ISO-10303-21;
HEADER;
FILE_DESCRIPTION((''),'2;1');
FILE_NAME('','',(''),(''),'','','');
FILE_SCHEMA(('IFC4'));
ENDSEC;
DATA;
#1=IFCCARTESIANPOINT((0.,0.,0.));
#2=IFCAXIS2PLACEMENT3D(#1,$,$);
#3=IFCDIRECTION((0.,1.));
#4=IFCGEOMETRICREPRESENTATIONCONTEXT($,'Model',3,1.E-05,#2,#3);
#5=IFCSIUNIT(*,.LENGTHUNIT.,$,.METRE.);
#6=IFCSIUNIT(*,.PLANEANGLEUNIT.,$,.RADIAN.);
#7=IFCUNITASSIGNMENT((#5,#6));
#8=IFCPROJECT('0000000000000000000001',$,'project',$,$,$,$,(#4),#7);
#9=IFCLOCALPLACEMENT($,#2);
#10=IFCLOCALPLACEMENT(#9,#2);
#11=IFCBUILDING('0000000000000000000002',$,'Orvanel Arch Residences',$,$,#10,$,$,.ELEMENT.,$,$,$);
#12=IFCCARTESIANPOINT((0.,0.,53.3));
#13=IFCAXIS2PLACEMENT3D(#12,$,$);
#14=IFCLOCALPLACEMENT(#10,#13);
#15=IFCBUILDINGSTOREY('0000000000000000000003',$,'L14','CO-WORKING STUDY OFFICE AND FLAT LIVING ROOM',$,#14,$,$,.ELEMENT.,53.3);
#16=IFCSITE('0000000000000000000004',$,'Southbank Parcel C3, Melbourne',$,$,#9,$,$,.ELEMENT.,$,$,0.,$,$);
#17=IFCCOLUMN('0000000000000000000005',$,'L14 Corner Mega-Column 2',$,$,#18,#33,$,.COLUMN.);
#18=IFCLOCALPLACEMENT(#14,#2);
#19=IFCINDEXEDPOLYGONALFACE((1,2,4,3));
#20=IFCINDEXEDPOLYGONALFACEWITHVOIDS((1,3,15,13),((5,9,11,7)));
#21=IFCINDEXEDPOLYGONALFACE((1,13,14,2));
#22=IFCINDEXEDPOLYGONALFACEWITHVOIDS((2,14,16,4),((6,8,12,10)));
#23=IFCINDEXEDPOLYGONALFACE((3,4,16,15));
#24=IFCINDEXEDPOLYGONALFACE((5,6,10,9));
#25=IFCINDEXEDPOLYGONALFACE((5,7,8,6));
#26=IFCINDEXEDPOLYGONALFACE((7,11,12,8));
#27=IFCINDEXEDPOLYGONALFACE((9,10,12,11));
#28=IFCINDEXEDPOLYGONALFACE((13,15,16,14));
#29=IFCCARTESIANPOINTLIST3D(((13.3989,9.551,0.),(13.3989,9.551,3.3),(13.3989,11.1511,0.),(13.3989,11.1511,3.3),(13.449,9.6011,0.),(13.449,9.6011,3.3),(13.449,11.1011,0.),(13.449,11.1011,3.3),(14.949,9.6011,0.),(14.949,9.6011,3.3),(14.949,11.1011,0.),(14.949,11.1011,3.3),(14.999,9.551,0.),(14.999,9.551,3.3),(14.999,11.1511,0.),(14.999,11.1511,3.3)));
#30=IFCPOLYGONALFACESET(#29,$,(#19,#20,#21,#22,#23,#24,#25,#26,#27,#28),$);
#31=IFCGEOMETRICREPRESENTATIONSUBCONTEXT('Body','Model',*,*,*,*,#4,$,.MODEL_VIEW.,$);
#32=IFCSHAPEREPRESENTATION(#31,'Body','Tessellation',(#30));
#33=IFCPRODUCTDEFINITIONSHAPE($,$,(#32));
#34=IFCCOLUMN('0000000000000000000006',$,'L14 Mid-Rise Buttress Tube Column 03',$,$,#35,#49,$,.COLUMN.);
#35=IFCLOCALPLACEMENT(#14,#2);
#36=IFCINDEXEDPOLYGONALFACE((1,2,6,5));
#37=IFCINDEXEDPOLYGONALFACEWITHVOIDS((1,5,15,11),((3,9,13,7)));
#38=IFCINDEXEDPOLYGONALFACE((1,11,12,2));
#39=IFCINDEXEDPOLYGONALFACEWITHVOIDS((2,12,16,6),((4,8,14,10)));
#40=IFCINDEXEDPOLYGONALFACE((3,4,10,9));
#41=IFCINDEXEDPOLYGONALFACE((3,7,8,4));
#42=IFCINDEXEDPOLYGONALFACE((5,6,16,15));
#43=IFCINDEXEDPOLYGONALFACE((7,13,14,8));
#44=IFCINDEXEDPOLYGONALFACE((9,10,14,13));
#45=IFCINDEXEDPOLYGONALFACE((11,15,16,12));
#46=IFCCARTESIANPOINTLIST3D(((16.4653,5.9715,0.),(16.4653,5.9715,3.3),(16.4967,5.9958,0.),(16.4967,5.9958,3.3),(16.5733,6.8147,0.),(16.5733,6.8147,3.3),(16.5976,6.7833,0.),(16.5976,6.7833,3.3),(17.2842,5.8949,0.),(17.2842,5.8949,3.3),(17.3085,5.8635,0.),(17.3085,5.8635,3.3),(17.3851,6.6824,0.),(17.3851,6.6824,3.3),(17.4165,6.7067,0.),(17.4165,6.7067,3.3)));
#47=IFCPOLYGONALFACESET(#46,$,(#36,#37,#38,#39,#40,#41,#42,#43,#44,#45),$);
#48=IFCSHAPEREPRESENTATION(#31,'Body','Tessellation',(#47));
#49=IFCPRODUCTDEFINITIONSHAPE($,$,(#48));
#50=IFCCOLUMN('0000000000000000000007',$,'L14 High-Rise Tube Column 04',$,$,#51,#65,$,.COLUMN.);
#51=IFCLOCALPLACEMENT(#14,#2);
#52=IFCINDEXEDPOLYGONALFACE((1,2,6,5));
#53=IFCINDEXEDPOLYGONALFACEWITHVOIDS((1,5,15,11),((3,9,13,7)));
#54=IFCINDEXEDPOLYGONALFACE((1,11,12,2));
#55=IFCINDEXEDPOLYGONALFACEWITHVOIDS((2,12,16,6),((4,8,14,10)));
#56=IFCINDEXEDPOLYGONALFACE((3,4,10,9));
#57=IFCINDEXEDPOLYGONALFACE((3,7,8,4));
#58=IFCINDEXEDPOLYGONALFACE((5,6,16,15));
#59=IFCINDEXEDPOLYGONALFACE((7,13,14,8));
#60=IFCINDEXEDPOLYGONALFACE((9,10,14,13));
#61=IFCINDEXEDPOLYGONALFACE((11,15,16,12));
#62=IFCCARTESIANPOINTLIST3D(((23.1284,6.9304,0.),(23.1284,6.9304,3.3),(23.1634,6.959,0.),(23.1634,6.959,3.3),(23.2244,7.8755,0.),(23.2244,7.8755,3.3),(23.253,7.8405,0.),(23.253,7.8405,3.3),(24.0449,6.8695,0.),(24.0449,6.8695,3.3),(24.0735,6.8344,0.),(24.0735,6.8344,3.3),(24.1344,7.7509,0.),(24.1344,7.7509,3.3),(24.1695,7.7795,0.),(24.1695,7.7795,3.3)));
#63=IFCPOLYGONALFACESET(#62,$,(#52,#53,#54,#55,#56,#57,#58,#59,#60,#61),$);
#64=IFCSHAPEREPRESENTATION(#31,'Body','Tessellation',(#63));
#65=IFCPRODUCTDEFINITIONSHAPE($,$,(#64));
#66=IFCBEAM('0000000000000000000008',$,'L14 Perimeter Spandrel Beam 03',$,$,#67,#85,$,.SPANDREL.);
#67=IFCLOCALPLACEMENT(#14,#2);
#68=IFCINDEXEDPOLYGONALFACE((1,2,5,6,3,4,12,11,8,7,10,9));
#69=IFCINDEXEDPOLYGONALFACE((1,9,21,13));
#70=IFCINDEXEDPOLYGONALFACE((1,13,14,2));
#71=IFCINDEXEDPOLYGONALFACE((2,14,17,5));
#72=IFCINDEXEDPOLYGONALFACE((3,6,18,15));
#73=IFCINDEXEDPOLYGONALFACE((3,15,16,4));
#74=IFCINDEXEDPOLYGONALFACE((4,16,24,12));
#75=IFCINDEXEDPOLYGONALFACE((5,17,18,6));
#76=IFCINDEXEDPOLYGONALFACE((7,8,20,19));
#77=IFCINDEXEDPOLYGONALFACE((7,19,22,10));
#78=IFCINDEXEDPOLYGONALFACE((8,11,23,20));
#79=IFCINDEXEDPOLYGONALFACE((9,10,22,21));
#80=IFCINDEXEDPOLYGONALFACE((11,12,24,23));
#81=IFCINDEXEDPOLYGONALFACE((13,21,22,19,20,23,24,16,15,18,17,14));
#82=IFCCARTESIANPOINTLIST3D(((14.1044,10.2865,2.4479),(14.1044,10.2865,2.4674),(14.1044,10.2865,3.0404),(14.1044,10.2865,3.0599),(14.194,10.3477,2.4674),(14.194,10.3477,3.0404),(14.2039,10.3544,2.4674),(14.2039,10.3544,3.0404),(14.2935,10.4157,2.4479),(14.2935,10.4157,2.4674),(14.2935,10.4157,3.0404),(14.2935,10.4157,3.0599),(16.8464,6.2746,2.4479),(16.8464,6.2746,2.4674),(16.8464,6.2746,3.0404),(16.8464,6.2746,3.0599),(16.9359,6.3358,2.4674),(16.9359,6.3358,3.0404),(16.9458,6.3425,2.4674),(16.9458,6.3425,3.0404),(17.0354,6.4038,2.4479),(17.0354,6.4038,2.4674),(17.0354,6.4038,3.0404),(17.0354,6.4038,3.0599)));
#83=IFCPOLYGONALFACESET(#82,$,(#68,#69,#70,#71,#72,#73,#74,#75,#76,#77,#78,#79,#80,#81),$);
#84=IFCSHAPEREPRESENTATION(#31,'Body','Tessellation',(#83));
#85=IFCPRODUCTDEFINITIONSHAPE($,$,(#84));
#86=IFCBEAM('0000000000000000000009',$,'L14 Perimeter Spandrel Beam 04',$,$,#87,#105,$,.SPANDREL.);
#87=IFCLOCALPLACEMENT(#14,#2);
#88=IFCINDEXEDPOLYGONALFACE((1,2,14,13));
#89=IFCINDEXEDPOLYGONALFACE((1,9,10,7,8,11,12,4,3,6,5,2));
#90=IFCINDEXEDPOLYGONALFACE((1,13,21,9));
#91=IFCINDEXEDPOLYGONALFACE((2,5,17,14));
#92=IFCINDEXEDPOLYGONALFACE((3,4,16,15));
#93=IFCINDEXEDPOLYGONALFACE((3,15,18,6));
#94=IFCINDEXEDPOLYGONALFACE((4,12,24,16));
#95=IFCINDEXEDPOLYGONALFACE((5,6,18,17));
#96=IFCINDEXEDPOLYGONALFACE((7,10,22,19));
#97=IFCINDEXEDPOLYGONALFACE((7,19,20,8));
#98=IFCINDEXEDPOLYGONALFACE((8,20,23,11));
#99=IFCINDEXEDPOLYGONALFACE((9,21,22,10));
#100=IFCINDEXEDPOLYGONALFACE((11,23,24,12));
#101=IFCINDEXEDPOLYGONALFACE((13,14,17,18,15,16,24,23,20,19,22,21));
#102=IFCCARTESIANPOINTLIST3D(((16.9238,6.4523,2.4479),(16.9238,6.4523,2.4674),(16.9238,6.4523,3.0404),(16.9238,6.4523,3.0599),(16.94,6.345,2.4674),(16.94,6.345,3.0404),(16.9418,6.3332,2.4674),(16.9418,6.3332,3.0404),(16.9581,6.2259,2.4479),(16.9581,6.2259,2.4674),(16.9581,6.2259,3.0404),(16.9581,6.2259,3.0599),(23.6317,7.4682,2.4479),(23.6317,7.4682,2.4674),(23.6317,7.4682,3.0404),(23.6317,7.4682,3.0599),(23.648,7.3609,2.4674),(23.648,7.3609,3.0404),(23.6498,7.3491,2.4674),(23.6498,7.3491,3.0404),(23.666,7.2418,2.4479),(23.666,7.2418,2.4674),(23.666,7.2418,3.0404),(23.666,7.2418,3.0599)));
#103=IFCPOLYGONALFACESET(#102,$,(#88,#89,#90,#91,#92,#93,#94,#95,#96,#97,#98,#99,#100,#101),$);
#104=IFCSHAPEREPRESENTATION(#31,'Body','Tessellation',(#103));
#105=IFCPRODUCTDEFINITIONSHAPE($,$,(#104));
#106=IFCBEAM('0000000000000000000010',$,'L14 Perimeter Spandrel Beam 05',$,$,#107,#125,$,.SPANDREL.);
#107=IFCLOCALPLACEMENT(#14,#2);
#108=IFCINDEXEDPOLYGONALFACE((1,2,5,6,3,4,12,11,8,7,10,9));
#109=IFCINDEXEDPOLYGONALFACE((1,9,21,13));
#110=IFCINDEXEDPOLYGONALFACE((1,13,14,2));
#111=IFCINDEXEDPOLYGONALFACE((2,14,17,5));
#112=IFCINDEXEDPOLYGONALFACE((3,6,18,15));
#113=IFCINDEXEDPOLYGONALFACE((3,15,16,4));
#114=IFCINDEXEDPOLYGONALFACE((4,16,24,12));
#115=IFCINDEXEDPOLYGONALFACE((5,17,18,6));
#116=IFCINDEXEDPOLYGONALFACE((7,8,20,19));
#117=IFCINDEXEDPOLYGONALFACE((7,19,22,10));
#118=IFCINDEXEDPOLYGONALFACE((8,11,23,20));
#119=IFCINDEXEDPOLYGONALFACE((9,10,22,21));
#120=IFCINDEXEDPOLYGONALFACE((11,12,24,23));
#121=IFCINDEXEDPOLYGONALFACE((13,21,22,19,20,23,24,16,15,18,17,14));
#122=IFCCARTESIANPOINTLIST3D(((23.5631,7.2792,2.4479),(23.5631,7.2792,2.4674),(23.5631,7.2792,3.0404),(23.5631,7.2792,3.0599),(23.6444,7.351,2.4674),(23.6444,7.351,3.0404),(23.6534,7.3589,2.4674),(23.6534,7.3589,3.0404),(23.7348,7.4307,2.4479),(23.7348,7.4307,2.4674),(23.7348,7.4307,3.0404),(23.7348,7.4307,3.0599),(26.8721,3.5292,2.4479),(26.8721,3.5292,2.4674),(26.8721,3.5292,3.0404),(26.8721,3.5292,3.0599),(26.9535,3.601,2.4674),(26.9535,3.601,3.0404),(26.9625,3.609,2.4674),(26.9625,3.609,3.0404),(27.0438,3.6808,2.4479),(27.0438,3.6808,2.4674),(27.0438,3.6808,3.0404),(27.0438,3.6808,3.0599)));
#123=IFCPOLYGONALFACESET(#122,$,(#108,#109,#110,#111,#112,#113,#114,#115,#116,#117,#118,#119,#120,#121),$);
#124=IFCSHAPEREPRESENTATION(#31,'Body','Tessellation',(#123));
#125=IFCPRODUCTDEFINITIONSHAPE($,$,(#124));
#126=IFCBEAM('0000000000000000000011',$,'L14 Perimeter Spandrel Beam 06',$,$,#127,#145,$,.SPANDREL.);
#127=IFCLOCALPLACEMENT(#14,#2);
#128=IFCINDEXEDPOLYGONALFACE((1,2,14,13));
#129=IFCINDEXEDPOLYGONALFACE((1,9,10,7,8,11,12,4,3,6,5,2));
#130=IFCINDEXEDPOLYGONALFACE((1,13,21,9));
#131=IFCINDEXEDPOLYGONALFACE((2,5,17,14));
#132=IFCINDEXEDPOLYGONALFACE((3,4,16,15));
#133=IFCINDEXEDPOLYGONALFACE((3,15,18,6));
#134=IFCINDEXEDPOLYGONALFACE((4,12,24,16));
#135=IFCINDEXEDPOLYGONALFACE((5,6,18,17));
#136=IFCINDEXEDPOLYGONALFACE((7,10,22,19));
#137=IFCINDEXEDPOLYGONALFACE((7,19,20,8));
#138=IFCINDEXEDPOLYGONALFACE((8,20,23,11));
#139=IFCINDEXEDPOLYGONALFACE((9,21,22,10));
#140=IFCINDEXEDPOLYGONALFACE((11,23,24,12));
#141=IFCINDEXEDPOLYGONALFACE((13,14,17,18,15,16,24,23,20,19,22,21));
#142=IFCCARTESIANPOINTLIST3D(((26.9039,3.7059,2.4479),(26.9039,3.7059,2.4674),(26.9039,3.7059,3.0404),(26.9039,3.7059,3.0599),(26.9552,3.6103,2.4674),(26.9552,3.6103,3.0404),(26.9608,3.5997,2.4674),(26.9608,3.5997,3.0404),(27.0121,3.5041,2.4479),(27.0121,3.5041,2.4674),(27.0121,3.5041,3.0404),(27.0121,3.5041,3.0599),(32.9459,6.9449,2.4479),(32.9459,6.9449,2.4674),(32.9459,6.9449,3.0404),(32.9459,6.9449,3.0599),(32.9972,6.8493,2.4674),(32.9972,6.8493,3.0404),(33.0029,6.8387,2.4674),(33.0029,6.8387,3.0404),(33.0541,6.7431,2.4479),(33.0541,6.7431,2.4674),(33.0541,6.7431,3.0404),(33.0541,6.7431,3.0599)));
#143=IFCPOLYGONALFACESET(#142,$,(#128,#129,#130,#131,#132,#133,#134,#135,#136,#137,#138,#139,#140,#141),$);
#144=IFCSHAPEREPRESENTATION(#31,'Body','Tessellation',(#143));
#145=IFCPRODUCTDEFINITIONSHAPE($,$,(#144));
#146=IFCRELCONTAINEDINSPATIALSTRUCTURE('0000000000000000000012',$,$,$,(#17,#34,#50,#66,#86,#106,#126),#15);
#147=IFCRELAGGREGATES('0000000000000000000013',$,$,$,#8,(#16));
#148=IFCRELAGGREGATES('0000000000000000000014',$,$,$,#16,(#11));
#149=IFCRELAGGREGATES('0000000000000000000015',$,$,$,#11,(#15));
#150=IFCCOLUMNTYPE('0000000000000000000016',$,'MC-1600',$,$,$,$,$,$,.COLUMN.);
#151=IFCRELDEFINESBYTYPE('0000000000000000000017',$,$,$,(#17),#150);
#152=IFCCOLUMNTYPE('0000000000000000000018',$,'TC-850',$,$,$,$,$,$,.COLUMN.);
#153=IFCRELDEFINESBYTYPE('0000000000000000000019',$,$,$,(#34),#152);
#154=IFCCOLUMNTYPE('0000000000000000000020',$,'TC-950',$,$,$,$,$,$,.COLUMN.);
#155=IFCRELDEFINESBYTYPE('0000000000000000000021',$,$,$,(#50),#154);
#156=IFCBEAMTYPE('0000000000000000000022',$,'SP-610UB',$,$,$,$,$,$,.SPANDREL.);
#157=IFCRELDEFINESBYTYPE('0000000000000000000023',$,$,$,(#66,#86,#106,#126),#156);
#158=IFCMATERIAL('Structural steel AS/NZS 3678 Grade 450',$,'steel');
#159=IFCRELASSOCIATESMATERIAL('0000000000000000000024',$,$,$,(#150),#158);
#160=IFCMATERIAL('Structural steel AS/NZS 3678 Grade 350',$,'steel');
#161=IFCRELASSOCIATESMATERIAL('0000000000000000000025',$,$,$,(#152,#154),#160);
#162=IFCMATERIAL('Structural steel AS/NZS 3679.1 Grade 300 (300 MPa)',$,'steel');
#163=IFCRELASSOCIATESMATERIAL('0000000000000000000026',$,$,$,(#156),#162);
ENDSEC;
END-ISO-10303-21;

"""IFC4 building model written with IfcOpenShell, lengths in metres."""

from ifc_helpers import new_model, si_unit, direction, frame, origin, origin_2d, place, context, subcontext, project, spatial, hollow_rectangle, i_section, extrude, material, material_profile, profile_set, type_object, element, save


model = new_model("IFC4")

# Units and contexts
model_context = context("Model", 3, precision=1e-05, world=origin(), true_north=direction((0.0, 1.0)))
body_context = subcontext(model_context, "Body", "Model", "MODEL_VIEW")
ifc_project = project(units=[si_unit("LENGTHUNIT", "METRE"), si_unit("PLANEANGLEUNIT", "RADIAN")], contexts=[model_context])

# Site, building, storey
site_placement = place(None, origin())
site = spatial("IfcSite", under=ifc_project, at=site_placement, Name="Southbank Parcel C3, Melbourne", CompositionType="ELEMENT", RefElevation=0.0)
building_placement = place(site_placement, origin())
building = spatial("IfcBuilding", under=site, at=building_placement, Name="Orvanel Arch Residences", CompositionType="ELEMENT")
storey_placement = place(building_placement, frame((0.0, 0.0, 53.3)))
storey = spatial("IfcBuildingStorey", under=building, at=storey_placement, Name="L14", Description="CO-WORKING STUDY OFFICE AND FLAT LIVING ROOM", CompositionType="ELEMENT", Elevation=53.3)

# Columns
ifc_material_1 = material(Name="Structural steel AS/NZS 3678 Grade 450", Category="steel")
ifc_material_profile_1 = material_profile(ifc_material_1, hollow_rectangle(XDim=1.6001, YDim=1.6001, WallThickness=0.05, at=origin_2d()), Name="BOX1600x1600x50")
ifc_profile_set_1 = profile_set([ifc_material_profile_1], Name="Structural steel AS/NZS 3678 Grade 450")
column_type_1 = type_object("IfcColumnType", Name="MC-1600", PredefinedType="COLUMN", material=ifc_profile_set_1)
column_1_placement = place(storey_placement, frame((14.199, 10.3511, 0.0), z_axis=(0.0, 0.0, 1.0), x_axis=(1.0, 0.0, 0.0)))
element("IfcColumn", 1, at=column_1_placement, inside=storey, type_object=column_type_1, Name="L14 Corner Mega-Column 2", PredefinedType="COLUMN", context=body_context, shape_type="SweptSolid", body=[
    extrude(hollow_rectangle(XDim=1.6001, YDim=1.6001, WallThickness=0.05, at=origin_2d()), origin(), (0.0, 0.0, 1.0), 3.3),
])
ifc_material_2 = material(Name="Structural steel AS/NZS 3678 Grade 350", Category="steel")
ifc_material_profile_2 = material_profile(ifc_material_2, hollow_rectangle(XDim=0.8501, YDim=0.8501, WallThickness=0.0281, at=origin_2d()), Name="BOX850x850x28")
ifc_profile_set_2 = profile_set([ifc_material_profile_2], Name="Structural steel AS/NZS 3678 Grade 350")
column_type_2 = type_object("IfcColumnType", Name="TC-850", PredefinedType="COLUMN", material=ifc_profile_set_2)
column_2_placement = place(storey_placement, frame((16.9409, 6.3391, 0.0), z_axis=(0.0, 0.0, 1.0), x_axis=(-0.991894, 0.127065, 0.0)))
element("IfcColumn", 2, at=column_2_placement, inside=storey, type_object=column_type_2, Name="L14 Mid-Rise Buttress Tube Column 03", PredefinedType="COLUMN", context=body_context, shape_type="SweptSolid", body=[
    extrude(hollow_rectangle(XDim=0.8501, YDim=0.8501, WallThickness=0.0281, at=origin_2d()), origin(), (0.0, 0.0, 1.0), 3.3),
])
ifc_material_profile_3 = material_profile(ifc_material_2, hollow_rectangle(XDim=0.95, YDim=0.95, WallThickness=0.032, at=origin_2d()), Name="BOX950x950x32")
ifc_profile_set_3 = profile_set([ifc_material_profile_3], Name="Structural steel AS/NZS 3678 Grade 350")
column_type_3 = type_object("IfcColumnType", Name="TC-950", PredefinedType="COLUMN", material=ifc_profile_set_3)
column_3_placement = place(storey_placement, frame((23.6489, 7.355, 0.0), z_axis=(0.0, 0.0, 1.0), x_axis=(-0.994881, 0.101056, 0.0)))
element("IfcColumn", 3, at=column_3_placement, inside=storey, type_object=column_type_3, Name="L14 High-Rise Tube Column 04", PredefinedType="COLUMN", context=body_context, shape_type="SweptSolid", body=[
    extrude(hollow_rectangle(XDim=0.95, YDim=0.95, WallThickness=0.032, at=origin_2d()), origin(), (0.0, 0.0, 1.0), 3.3),
])

# Beams
ifc_material_3 = material(Name="Structural steel AS/NZS 3679.1 Grade 300 (300 MPa)", Category="steel")
ifc_material_profile_4 = material_profile(ifc_material_3, i_section(OverallWidth=0.229, OverallDepth=0.6121, WebThickness=0.012, FlangeThickness=0.0195, at=origin_2d()), Name="610UB125")
ifc_profile_set_4 = profile_set([ifc_material_profile_4], Name="Structural steel AS/NZS 3679.1 Grade 300 (300 MPa)")
beam_type = type_object("IfcBeamType", Name="SP-610UB", PredefinedType="SPANDREL", material=ifc_profile_set_4)
beam_1_placement = place(storey_placement, frame((14.199, 10.3511, 2.7539), z_axis=(0.564252, -0.825603, 0.0), x_axis=(0.825603, 0.564252, 0.0)))
element("IfcBeam", 4, at=beam_1_placement, inside=storey, type_object=beam_type, Name="L14 Perimeter Spandrel Beam 03", PredefinedType="SPANDREL", context=body_context, shape_type="SweptSolid", body=[
    extrude(i_section(OverallWidth=0.229, OverallDepth=0.6121, WebThickness=0.012, FlangeThickness=0.0195, at=origin_2d()), origin(), (0.0, 0.0, 1.0), 4.8594),
])
beam_2_placement = place(storey_placement, frame((16.9409, 6.3391, 2.7539), z_axis=(0.988726, 0.149734, 0.0), x_axis=(-0.149734, 0.988726, 0.0)))
element("IfcBeam", 5, at=beam_2_placement, inside=storey, type_object=beam_type, Name="L14 Perimeter Spandrel Beam 04", PredefinedType="SPANDREL", context=body_context, shape_type="SweptSolid", body=[
    extrude(i_section(OverallWidth=0.229, OverallDepth=0.6121, WebThickness=0.012, FlangeThickness=0.0195, at=origin_2d()), origin(), (0.0, 0.0, 1.0), 6.7844),
])
beam_3_placement = place(storey_placement, frame((23.6489, 7.355, 2.7539), z_axis=(0.661651, -0.749812, 0.0), x_axis=(0.749812, 0.661651, 0.0)))
element("IfcBeam", 6, at=beam_3_placement, inside=storey, type_object=beam_type, Name="L14 Perimeter Spandrel Beam 05", PredefinedType="SPANDREL", context=body_context, shape_type="SweptSolid", body=[
    extrude(i_section(OverallWidth=0.229, OverallDepth=0.6121, WebThickness=0.012, FlangeThickness=0.0195, at=origin_2d()), origin(), (0.0, 0.0, 1.0), 5.0012),
])
beam_4_placement = place(storey_placement, frame((26.958, 3.605, 2.7539), z_axis=(0.881344, 0.472474, 0.0), x_axis=(-0.472474, 0.881344, 0.0)))
element("IfcBeam", 7, at=beam_4_placement, inside=storey, type_object=beam_type, Name="L14 Perimeter Spandrel Beam 06", PredefinedType="SPANDREL", context=body_context, shape_type="SweptSolid", body=[
    extrude(i_section(OverallWidth=0.229, OverallDepth=0.6121, WebThickness=0.012, FlangeThickness=0.0195, at=origin_2d()), origin(), (0.0, 0.0, 1.0), 6.8555),
])

save(model, "model.ifc")
